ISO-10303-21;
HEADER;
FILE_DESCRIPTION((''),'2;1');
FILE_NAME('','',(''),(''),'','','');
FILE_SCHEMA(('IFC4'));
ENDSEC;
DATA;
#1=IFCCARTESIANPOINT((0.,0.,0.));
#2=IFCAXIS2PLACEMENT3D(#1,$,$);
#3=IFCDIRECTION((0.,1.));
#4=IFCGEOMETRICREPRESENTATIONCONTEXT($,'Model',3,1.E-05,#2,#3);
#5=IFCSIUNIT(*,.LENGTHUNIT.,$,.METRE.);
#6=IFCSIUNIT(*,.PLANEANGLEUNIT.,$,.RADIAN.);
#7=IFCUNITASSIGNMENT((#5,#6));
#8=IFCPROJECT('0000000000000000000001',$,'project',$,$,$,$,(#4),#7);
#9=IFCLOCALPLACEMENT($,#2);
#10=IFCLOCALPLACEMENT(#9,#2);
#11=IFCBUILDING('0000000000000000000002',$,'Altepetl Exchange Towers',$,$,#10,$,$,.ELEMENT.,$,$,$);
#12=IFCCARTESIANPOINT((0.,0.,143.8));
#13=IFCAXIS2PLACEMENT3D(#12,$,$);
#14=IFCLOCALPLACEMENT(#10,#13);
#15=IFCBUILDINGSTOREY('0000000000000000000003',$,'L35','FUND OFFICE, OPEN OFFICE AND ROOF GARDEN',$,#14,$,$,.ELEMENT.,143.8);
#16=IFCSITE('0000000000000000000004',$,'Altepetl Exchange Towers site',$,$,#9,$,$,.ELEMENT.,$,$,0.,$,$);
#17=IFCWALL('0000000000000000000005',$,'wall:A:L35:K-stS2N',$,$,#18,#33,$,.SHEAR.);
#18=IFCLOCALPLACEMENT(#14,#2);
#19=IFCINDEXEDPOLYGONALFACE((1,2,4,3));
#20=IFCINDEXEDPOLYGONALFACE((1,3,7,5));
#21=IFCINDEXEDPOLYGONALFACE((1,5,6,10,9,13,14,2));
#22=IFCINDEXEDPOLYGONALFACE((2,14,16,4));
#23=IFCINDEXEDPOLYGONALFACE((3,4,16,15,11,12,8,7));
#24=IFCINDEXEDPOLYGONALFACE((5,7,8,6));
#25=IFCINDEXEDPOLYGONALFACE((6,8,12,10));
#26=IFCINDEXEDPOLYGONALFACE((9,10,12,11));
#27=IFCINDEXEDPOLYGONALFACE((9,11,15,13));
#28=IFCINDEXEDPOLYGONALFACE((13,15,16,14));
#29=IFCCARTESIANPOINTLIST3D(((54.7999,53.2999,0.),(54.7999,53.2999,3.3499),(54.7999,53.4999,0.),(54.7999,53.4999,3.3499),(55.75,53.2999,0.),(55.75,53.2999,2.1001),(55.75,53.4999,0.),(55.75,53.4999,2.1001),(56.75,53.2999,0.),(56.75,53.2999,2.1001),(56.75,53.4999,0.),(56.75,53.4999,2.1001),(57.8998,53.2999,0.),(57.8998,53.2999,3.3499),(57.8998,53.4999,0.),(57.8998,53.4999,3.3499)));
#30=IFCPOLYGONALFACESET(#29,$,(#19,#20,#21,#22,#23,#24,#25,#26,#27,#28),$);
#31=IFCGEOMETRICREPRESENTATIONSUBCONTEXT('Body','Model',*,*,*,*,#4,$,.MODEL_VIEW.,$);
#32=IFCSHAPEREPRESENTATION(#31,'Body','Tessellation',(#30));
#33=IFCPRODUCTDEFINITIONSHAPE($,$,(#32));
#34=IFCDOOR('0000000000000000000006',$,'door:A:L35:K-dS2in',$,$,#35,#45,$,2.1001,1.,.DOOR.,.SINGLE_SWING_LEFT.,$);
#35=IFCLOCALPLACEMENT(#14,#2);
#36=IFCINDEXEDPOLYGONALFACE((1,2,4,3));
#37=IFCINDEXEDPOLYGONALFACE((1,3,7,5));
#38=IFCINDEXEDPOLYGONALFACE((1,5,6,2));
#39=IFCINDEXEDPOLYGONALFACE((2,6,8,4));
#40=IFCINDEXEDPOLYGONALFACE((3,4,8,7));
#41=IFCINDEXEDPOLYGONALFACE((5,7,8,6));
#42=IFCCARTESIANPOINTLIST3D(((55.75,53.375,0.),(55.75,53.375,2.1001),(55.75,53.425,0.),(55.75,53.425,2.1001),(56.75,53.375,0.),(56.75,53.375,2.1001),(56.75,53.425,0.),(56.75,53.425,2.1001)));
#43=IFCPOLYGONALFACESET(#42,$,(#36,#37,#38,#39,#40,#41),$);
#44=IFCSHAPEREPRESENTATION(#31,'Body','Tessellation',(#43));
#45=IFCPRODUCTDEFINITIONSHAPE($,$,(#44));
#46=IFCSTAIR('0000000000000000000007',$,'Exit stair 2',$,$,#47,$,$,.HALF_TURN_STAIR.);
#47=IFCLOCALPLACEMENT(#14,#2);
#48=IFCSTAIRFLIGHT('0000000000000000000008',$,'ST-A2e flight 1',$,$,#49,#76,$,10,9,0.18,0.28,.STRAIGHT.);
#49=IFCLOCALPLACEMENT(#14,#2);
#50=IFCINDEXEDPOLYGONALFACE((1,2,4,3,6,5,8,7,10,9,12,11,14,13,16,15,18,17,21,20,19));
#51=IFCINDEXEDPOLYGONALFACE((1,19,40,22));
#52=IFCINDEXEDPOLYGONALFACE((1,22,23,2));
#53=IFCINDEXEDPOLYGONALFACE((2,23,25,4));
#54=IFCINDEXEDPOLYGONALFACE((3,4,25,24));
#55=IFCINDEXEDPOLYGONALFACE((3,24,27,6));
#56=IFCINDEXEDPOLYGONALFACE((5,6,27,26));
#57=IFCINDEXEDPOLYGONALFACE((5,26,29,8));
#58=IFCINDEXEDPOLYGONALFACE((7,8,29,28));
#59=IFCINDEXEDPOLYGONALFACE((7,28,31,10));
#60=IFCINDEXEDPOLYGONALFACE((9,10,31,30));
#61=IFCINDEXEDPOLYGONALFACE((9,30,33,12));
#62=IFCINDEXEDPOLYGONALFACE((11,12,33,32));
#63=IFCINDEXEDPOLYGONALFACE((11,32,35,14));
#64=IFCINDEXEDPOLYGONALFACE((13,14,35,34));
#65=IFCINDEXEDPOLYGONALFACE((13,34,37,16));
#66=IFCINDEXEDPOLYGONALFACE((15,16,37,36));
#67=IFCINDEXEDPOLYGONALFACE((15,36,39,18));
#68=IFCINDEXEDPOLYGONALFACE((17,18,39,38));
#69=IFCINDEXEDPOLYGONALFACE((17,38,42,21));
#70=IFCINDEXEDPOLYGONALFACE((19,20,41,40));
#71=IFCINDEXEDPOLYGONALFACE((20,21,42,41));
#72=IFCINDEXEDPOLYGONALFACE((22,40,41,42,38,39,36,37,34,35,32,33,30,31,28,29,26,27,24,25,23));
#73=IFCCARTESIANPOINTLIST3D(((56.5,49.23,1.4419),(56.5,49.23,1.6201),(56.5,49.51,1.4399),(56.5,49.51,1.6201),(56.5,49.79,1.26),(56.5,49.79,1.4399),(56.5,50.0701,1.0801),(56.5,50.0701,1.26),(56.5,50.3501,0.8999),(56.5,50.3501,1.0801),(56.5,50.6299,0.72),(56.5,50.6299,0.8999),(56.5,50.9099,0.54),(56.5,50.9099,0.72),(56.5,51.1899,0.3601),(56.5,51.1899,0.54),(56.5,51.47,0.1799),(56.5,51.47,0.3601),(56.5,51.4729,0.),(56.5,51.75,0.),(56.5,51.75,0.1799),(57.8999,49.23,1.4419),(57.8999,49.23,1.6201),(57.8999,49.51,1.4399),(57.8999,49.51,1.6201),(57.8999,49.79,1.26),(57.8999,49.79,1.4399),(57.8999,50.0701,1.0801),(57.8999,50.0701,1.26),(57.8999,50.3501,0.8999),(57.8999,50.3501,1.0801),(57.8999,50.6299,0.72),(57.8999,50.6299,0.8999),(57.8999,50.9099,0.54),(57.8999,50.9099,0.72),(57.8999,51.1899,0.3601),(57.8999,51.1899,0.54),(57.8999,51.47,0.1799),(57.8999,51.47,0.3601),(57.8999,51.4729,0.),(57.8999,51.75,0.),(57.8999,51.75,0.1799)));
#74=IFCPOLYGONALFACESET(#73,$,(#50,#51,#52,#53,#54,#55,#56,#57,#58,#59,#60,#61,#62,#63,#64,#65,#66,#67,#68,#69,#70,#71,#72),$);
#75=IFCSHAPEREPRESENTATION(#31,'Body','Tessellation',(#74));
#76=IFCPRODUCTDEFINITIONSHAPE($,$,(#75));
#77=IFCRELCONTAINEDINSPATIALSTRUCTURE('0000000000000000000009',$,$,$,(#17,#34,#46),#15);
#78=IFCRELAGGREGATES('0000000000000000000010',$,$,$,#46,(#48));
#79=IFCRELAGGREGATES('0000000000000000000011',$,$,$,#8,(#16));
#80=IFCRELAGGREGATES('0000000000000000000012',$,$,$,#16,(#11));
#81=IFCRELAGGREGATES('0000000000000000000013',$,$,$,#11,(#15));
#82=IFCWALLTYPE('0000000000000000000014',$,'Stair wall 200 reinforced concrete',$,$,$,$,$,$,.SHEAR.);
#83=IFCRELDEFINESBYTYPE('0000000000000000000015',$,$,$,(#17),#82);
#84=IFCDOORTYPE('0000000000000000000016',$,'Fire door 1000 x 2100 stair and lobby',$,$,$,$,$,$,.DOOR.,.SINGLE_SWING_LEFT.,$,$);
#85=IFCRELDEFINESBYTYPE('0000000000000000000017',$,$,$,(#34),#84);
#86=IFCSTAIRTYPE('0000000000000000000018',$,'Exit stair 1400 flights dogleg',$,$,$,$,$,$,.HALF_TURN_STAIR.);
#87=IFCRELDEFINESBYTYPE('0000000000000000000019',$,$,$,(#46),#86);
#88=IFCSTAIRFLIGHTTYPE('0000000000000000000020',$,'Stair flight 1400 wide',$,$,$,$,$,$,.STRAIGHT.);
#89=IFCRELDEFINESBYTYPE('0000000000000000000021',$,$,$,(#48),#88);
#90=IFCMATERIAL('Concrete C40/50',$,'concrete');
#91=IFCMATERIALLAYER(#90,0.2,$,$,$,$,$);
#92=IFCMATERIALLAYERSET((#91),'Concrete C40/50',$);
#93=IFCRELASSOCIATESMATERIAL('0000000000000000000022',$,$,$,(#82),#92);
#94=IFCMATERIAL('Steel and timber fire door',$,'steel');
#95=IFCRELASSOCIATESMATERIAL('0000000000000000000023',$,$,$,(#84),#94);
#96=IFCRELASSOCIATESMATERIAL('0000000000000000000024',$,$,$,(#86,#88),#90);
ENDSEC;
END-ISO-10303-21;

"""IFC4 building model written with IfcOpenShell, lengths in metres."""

from ifc_helpers import new_model, si_unit, direction, frame, frame_2d, origin, place, context, subcontext, project, spatial, polyline, rectangle, outline, extrude, material, layer, layer_set, type_object, element, fill, aggregate, save


model = new_model("IFC4")

# Units and contexts
model_context = context("Model", 3, precision=1e-05, world=origin(), true_north=direction((0.0, 1.0)))
body_context = subcontext(model_context, "Body", "Model", "MODEL_VIEW")
ifc_project = project(units=[si_unit("LENGTHUNIT", "METRE"), si_unit("PLANEANGLEUNIT", "RADIAN")], contexts=[model_context])

# Site, building, storey
site_placement = place(None, origin())
site = spatial("IfcSite", under=ifc_project, at=site_placement, Name="Altepetl Exchange Towers site", CompositionType="ELEMENT", RefElevation=0.0)
building_placement = place(site_placement, origin())
building = spatial("IfcBuilding", under=site, at=building_placement, Name="Altepetl Exchange Towers", CompositionType="ELEMENT")
storey_placement = place(building_placement, frame((0.0, 0.0, 143.8)))
storey = spatial("IfcBuildingStorey", under=building, at=storey_placement, Name="L35", Description="FUND OFFICE, OPEN OFFICE AND ROOF GARDEN", CompositionType="ELEMENT", Elevation=143.8)

# Shared definitions
ifc_material_1 = material(Name="Concrete C40/50", Category="concrete")

# Wall, opening, door
ifc_layer_1 = layer(ifc_material_1, 0.2)
ifc_layer_set_1 = layer_set([ifc_layer_1], Name="Concrete C40/50")
wall_type_1 = type_object("IfcWallType", Name="Stair wall 200 reinforced concrete", PredefinedType="SHEAR", material=ifc_layer_set_1)
wall_1_placement = place(storey_placement, frame((54.8, 53.3999, 0.0)))
wall_1 = element("IfcWall", 1, at=wall_1_placement, inside=storey, type_object=wall_type_1, Name="wall:A:L35:K-stS2N", PredefinedType="SHEAR", context=body_context, shape_type="SweptSolid", body=[
    extrude(rectangle(XDim=3.0999, YDim=0.2, at=frame_2d((1.5498, 0.0))), origin(), (0.0, 0.0, 1.0), 3.3499),
])
opening_placement = place(wall_1_placement, frame((0.95, 0.0, 0.0)))
opening = element("IfcOpeningElement", 2, at=opening_placement, cuts=wall_1, PredefinedType="OPENING", context=body_context, shape_type="SweptSolid", body=[
    extrude(rectangle(XDim=1.0, YDim=2.1001, at=frame_2d((0.5, 1.05))), frame((0.0, 0.1099, 0.0), z_axis=(0.0, -1.0, 0.0), x_axis=(1.0, 0.0, 0.0)), (0.0, 0.0, 1.0), 0.22),
])
ifc_material_2 = material(Name="Steel and timber fire door", Category="steel")
door_type = type_object("IfcDoorType", Name="Fire door 1000 x 2100 stair and lobby", OperationType="SINGLE_SWING_LEFT", PredefinedType="DOOR", material=ifc_material_2)
door_placement = place(opening_placement, frame((1.0, 0.0, 0.0), x_axis=(-1.0, 0.0, 0.0)))
door = element("IfcDoor", 3, at=door_placement, inside=storey, type_object=door_type, Name="door:A:L35:K-dS2in", OperationType="SINGLE_SWING_LEFT", OverallHeight=2.1001, OverallWidth=1.0, PredefinedType="DOOR", context=body_context, shape_type="SweptSolid", body=[
    extrude(rectangle(XDim=1.0, YDim=2.1001, at=frame_2d((0.5, 1.05))), frame((0.0, 0.0249, 0.0), z_axis=(0.0, -1.0, 0.0), x_axis=(1.0, 0.0, 0.0)), (0.0, 0.0, 1.0), 0.05),
])
fill(opening, door)

# Stair, stair flight
stair_type = type_object("IfcStairType", Name="Exit stair 1400 flights dogleg", PredefinedType="HALF_TURN_STAIR", material=ifc_material_1)
stair_placement = place(storey_placement, origin())
stair = element("IfcStair", 4, at=stair_placement, inside=storey, type_object=stair_type, Name="Exit stair 2", PredefinedType="HALF_TURN_STAIR")
stair_flight_type = type_object("IfcStairFlightType", Name="Stair flight 1400 wide", PredefinedType="STRAIGHT", material=ifc_material_1)
stair_flight_placement = place(storey_placement, frame((57.2, 51.75, 0.0), z_axis=(0.0, 0.0, 1.0), x_axis=(0.0, -1.0, 0.0)))
stair_flight = element("IfcStairFlight", 5, at=stair_flight_placement, type_object=stair_flight_type, Name="ST-A2e flight 1", NumberOfRisers=10, NumberOfTreads=9, PredefinedType="STRAIGHT", RiserHeight=0.18, TreadLength=0.28, context=body_context, shape_type="SweptSolid", body=[
    extrude(outline(polyline([(0.0, 0.0), (0.0, 0.1799), (0.28, 0.1799), (0.28, 0.3601), (0.5601, 0.3601), (0.5601, 0.54), (0.8401, 0.54), (0.8401, 0.72), (1.1201, 0.72), (1.1201, 0.8999), (1.3999, 0.8999), (1.3999, 1.0801), (1.6799, 1.0801), (1.6799, 1.26), (1.96, 1.26), (1.96, 1.4399), (2.24, 1.4399), (2.24, 1.6201), (2.52, 1.6201), (2.52, 1.8), (2.52, 1.4419), (0.2771, 0.0), (0.0, 0.0)])), frame((0.0, 0.7, 0.0), z_axis=(0.0, -1.0, 0.0), x_axis=(1.0, 0.0, 0.0)), (0.0, 0.0, 1.0), 1.3999),
])
aggregate(stair, [stair_flight])

save(model, "model.ifc")
